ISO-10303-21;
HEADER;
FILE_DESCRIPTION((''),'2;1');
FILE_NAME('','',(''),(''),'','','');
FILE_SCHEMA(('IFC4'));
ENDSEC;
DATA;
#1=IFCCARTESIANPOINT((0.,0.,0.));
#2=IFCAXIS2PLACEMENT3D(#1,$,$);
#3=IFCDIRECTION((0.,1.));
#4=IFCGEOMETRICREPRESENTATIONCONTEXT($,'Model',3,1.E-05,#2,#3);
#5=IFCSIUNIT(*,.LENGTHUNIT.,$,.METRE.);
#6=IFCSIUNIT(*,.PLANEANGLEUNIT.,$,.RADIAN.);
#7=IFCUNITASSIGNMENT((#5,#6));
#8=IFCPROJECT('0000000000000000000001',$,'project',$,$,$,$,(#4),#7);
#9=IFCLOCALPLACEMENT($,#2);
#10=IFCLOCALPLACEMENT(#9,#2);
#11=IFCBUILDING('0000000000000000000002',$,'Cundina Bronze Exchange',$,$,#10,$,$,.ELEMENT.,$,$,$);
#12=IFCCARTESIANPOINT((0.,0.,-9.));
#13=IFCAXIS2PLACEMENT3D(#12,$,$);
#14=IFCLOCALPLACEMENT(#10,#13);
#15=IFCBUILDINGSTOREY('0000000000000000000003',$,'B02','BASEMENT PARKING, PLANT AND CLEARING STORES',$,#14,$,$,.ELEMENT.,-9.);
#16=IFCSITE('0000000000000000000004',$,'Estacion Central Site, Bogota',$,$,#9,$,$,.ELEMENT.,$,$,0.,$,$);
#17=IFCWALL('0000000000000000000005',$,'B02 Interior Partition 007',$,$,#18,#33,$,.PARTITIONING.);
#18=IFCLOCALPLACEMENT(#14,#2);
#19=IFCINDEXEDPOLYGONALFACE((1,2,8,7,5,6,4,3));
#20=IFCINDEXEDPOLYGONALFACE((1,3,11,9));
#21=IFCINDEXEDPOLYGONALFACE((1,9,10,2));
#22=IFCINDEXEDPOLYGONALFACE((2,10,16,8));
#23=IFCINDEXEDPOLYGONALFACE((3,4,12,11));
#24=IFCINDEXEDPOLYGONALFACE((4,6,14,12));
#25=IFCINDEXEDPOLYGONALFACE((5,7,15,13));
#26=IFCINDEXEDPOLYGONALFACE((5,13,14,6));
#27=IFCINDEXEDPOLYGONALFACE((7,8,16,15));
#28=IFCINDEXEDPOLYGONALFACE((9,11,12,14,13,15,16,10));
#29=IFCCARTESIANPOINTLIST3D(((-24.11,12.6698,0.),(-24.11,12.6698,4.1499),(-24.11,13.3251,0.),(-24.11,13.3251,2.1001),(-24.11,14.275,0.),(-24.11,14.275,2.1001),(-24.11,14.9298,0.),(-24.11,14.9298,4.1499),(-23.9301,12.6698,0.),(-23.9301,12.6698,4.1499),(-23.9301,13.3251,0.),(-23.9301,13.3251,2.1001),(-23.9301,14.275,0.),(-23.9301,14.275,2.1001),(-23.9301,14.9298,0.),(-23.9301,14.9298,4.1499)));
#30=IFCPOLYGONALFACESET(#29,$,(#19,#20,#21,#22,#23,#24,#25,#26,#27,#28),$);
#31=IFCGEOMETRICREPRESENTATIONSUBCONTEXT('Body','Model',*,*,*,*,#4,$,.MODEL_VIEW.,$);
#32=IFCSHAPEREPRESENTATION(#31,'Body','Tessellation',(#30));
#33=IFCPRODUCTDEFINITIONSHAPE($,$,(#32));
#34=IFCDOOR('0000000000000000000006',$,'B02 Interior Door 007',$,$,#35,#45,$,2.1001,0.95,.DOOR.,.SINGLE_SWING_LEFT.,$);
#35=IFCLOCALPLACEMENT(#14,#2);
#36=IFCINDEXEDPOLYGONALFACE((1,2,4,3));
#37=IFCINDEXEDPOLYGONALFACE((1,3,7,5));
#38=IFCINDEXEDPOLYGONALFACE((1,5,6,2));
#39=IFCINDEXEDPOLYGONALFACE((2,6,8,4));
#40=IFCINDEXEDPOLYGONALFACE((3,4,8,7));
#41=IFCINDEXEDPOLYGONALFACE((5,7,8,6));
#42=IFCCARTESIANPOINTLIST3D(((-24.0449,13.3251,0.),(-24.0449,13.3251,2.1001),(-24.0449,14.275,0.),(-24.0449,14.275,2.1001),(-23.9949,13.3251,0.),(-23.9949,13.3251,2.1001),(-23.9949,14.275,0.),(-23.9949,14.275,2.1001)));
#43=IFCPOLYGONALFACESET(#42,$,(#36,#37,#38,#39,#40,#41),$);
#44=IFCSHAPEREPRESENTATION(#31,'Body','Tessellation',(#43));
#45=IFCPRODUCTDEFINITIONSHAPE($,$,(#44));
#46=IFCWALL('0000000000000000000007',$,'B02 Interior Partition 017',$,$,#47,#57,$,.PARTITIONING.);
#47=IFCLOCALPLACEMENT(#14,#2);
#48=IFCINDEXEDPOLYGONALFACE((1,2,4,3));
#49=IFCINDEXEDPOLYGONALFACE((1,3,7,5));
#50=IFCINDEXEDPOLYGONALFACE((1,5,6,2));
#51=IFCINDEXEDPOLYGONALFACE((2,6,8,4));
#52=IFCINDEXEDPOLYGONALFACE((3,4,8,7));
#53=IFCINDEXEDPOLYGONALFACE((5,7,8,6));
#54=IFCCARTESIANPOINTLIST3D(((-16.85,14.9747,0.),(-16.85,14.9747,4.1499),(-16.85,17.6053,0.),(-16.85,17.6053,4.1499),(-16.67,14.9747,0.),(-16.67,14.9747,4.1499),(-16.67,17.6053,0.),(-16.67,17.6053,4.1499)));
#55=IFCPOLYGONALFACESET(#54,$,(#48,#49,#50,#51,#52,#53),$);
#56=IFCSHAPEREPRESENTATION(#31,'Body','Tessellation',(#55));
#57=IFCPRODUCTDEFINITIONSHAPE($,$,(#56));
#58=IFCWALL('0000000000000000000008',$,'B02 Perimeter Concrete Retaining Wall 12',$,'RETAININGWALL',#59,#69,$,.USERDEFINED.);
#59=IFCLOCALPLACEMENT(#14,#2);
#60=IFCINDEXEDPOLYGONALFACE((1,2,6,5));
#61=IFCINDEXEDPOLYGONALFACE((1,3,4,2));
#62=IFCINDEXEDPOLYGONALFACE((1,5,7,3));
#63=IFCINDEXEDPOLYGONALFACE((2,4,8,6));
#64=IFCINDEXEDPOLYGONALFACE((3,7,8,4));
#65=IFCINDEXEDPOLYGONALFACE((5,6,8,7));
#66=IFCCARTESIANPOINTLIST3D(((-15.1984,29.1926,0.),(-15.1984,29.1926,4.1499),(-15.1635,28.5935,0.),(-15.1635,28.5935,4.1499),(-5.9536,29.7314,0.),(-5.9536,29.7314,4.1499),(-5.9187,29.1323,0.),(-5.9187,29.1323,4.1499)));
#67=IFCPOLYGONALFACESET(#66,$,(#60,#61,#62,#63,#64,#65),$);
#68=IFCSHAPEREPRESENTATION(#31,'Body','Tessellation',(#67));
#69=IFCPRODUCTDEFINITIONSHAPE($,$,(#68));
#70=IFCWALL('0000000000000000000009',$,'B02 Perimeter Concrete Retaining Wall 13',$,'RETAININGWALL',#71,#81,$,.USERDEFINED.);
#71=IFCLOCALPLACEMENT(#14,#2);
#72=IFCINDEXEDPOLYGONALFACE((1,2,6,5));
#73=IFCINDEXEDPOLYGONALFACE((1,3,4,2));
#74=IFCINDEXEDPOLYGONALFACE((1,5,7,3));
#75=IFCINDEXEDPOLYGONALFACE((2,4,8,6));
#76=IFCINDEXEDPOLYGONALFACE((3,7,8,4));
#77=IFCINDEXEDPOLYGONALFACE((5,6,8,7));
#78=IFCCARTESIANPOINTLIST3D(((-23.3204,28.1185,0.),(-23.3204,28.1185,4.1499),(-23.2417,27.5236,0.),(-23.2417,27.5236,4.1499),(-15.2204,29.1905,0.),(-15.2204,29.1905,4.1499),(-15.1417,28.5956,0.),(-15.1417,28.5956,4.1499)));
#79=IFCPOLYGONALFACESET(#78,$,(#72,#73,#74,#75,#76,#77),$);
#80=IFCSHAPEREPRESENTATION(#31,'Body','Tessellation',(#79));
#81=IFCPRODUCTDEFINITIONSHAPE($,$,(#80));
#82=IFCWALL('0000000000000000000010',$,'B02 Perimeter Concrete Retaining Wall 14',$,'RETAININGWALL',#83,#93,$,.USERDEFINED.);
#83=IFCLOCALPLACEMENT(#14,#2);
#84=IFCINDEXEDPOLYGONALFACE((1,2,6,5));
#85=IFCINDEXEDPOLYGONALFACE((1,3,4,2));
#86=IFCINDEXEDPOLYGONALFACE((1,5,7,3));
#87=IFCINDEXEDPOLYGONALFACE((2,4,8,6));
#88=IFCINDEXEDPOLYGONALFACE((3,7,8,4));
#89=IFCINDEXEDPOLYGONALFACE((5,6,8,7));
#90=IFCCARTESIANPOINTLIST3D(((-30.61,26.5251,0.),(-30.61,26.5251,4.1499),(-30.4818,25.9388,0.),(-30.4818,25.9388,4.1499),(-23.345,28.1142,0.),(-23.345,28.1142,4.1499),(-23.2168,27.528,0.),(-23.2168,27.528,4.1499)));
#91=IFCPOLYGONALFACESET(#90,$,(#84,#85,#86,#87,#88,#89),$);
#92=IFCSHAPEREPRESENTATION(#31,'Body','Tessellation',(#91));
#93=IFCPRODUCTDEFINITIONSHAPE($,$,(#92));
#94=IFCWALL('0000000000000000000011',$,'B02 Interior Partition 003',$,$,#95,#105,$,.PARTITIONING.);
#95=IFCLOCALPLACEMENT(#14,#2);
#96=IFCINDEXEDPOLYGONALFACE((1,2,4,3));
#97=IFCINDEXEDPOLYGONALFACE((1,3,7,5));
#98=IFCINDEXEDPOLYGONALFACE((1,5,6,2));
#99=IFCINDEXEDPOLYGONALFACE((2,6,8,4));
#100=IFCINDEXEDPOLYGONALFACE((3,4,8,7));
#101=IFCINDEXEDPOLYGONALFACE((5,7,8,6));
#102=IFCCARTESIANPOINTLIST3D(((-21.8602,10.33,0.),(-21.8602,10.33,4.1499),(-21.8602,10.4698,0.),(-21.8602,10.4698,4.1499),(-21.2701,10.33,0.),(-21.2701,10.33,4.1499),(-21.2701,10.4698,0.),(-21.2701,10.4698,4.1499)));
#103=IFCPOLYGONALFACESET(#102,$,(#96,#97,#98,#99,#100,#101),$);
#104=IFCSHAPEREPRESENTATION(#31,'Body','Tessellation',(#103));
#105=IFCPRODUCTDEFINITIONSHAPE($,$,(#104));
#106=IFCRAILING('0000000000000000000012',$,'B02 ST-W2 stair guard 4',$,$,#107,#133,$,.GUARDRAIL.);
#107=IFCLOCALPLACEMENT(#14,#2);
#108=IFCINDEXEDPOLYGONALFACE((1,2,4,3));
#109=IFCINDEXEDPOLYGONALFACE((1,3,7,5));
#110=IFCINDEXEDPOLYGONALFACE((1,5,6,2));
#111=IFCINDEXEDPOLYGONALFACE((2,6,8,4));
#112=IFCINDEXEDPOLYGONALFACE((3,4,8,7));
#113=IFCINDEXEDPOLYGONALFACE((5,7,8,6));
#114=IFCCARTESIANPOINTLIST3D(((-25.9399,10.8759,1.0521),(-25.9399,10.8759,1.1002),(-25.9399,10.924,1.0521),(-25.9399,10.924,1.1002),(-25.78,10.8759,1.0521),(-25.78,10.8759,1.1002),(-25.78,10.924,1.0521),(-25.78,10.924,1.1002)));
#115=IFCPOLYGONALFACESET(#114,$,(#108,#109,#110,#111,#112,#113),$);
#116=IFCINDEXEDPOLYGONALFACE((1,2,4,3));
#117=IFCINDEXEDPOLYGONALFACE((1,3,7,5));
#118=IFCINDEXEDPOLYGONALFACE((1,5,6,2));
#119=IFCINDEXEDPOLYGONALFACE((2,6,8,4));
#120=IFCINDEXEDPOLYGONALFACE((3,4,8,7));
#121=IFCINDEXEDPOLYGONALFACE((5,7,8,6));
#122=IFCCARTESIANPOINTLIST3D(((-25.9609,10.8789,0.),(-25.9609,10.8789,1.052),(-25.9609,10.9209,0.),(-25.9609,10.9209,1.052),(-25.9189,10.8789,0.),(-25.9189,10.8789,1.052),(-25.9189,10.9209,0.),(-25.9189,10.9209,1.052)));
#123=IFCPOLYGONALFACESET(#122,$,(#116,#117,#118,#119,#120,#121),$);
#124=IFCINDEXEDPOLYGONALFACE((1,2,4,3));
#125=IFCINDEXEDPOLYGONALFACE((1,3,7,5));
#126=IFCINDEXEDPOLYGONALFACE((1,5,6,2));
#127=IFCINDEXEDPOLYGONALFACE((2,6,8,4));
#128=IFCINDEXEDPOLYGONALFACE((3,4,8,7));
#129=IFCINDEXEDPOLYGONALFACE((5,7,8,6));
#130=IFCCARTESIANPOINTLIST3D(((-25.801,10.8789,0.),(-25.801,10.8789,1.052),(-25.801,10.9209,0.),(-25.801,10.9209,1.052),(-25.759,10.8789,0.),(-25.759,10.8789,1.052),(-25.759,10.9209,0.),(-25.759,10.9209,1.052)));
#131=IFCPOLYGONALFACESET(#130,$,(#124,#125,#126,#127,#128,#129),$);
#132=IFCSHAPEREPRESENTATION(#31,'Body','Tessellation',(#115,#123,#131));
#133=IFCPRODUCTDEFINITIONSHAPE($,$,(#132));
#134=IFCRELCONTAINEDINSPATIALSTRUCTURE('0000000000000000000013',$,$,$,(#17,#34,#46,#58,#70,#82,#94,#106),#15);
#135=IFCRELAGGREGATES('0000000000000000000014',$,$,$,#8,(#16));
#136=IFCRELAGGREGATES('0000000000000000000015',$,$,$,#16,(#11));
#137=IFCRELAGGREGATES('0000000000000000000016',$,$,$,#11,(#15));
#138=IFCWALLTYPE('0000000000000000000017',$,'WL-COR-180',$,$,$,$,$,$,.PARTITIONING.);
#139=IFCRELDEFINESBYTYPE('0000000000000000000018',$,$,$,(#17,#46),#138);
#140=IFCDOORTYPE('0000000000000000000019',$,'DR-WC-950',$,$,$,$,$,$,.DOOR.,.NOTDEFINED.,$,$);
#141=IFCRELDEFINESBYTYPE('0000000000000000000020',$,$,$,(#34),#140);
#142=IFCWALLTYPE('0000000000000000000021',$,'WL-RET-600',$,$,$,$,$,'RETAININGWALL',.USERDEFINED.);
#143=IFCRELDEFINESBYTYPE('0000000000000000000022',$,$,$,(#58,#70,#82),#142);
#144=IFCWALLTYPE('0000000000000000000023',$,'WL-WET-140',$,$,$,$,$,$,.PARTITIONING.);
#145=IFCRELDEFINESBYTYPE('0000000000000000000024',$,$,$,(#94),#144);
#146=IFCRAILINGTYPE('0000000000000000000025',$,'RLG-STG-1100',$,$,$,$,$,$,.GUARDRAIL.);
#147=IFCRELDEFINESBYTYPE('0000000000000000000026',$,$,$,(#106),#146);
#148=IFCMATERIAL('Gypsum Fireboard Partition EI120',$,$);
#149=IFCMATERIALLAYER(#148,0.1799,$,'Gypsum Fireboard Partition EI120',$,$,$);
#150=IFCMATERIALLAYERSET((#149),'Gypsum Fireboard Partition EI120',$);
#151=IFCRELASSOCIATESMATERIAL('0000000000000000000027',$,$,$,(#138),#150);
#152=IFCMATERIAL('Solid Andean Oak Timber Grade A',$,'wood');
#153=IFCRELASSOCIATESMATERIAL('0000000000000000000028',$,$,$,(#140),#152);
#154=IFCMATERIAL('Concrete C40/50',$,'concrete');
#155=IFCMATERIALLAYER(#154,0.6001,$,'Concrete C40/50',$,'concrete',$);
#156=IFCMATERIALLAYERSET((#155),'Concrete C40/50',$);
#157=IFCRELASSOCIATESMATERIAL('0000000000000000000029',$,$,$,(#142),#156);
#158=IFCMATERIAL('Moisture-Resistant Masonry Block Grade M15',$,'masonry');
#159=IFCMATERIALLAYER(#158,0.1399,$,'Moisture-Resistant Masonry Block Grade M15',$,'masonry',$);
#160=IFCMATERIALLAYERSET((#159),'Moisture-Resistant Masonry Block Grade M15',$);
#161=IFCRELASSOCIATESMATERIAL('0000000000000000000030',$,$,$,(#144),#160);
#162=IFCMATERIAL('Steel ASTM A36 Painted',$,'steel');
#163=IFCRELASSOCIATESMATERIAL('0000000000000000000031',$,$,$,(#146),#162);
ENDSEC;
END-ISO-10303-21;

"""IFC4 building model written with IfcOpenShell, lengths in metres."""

from ifc_helpers import new_model, si_unit, direction, frame, frame_2d, origin, origin_2d, place, context, subcontext, project, spatial, rectangle, extrude, material, layer, layer_set, type_object, element, fill, save


model = new_model("IFC4")

# Units and contexts
model_context = context("Model", 3, precision=1e-05, world=origin(), true_north=direction((0.0, 1.0)))
body_context = subcontext(model_context, "Body", "Model", "MODEL_VIEW")
ifc_project = project(units=[si_unit("LENGTHUNIT", "METRE"), si_unit("PLANEANGLEUNIT", "RADIAN")], contexts=[model_context])

# Site, building, storey
site_placement = place(None, origin())
site = spatial("IfcSite", under=ifc_project, at=site_placement, Name="Estacion Central Site, Bogota", CompositionType="ELEMENT", RefElevation=0.0)
building_placement = place(site_placement, origin())
building = spatial("IfcBuilding", under=site, at=building_placement, Name="Cundina Bronze Exchange", CompositionType="ELEMENT")
storey_placement = place(building_placement, frame((0.0, 0.0, -9.0)))
storey = spatial("IfcBuildingStorey", under=building, at=storey_placement, Name="B02", Description="BASEMENT PARKING, PLANT AND CLEARING STORES", CompositionType="ELEMENT", Elevation=-9.0)

# Shared definitions
ifc_material_1 = material(Name="Concrete C40/50", Category="concrete")

# Shared definitions
ifc_material_2 = material(Name="Gypsum Fireboard Partition EI120")
ifc_layer_1 = layer(ifc_material_2, 0.1799, Name="Gypsum Fireboard Partition EI120")
ifc_layer_set_1 = layer_set([ifc_layer_1], Name="Gypsum Fireboard Partition EI120")
wall_type_1 = type_object("IfcWallType", Name="WL-COR-180", PredefinedType="PARTITIONING", material=ifc_layer_set_1)

# Wall, opening, door
wall_1_placement = place(storey_placement, frame((-24.02, 12.6699, 0.0), z_axis=(0.0, 0.0, 1.0), x_axis=(0.0, 1.0, 0.0)))
wall_1 = element("IfcWall", 1, at=wall_1_placement, inside=storey, type_object=wall_type_1, Name="B02 Interior Partition 007", PredefinedType="PARTITIONING", context=body_context, shape_type="SweptSolid", body=[
    extrude(rectangle(XDim=2.26, YDim=0.1799, at=frame_2d((1.1299, 0.0))), origin(), (0.0, 0.0, 1.0), 4.1499),
])
opening_placement = place(wall_1_placement, frame((0.655, 0.0, 0.0)))
opening = element("IfcOpeningElement", 2, at=opening_placement, cuts=wall_1, PredefinedType="OPENING", context=body_context, shape_type="SweptSolid", body=[
    extrude(rectangle(XDim=0.95, YDim=2.1001, at=frame_2d((0.4751, 1.05))), frame((0.0, 0.0999, 0.0), z_axis=(0.0, -1.0, 0.0), x_axis=(1.0, 0.0, 0.0)), (0.0, 0.0, 1.0), 0.2),
])
ifc_material_3 = material(Name="Solid Andean Oak Timber Grade A", Category="wood")
door_type = type_object("IfcDoorType", Name="DR-WC-950", OperationType="NOTDEFINED", PredefinedType="DOOR", material=ifc_material_3)
door_placement = place(opening_placement, origin())
door = element("IfcDoor", 3, at=door_placement, inside=storey, type_object=door_type, Name="B02 Interior Door 007", OperationType="SINGLE_SWING_LEFT", OverallHeight=2.1001, OverallWidth=0.95, PredefinedType="DOOR", context=body_context, shape_type="SweptSolid", body=[
    extrude(rectangle(XDim=0.95, YDim=2.1001, at=frame_2d((0.4751, 1.05))), frame((0.0, 0.0249, 0.0), z_axis=(0.0, -1.0, 0.0), x_axis=(1.0, 0.0, 0.0)), (0.0, 0.0, 1.0), 0.05),
])
fill(opening, door)

# Walls
wall_2_placement = place(storey_placement, frame((-16.76, 14.9746, 0.0), z_axis=(0.0, 0.0, 1.0), x_axis=(0.0, 1.0, 0.0)))
element("IfcWall", 4, at=wall_2_placement, inside=storey, type_object=wall_type_1, Name="B02 Interior Partition 017", PredefinedType="PARTITIONING", context=body_context, shape_type="SweptSolid", body=[
    extrude(rectangle(XDim=2.6306, YDim=0.1799, at=frame_2d((1.3154, 0.0))), origin(), (0.0, 0.0, 1.0), 4.1499),
])
ifc_layer_2 = layer(ifc_material_1, 0.6001, Name="Concrete C40/50", Category="concrete")
ifc_layer_set_2 = layer_set([ifc_layer_2], Name="Concrete C40/50")
wall_type_2 = type_object("IfcWallType", Name="WL-RET-600", ElementType="RETAININGWALL", PredefinedType="USERDEFINED", material=ifc_layer_set_2)
wall_3_placement = place(storey_placement, frame((-5.936, 29.4319, 0.0), z_axis=(0.0, 0.0, 1.0), x_axis=(-0.998306, -0.058184, 0.0)))
element("IfcWall", 5, at=wall_3_placement, inside=storey, type_object=wall_type_2, Name="B02 Perimeter Concrete Retaining Wall 12", ObjectType="RETAININGWALL", PredefinedType="USERDEFINED", context=body_context, shape_type="SweptSolid", body=[
    extrude(rectangle(XDim=9.2605, YDim=0.6001, at=frame_2d((4.6304, 0.0))), origin(), (0.0, 0.0, 1.0), 4.1499),
])
wall_4_placement = place(storey_placement, frame((-15.1809, 28.8931, 0.0), z_axis=(0.0, 0.0, 1.0), x_axis=(-0.991356, -0.131203, 0.0)))
element("IfcWall", 6, at=wall_4_placement, inside=storey, type_object=wall_type_2, Name="B02 Perimeter Concrete Retaining Wall 13", ObjectType="RETAININGWALL", PredefinedType="USERDEFINED", context=body_context, shape_type="SweptSolid", body=[
    extrude(rectangle(XDim=8.1707, YDim=0.6001, at=frame_2d((4.0854, 0.0))), origin(), (0.0, 0.0, 1.0), 4.1499),
])
wall_5_placement = place(storey_placement, frame((-23.281, 27.821, 0.0), z_axis=(0.0, 0.0, 1.0), x_axis=(-0.976902, -0.213686, 0.0)))
element("IfcWall", 7, at=wall_5_placement, inside=storey, type_object=wall_type_2, Name="B02 Perimeter Concrete Retaining Wall 14", ObjectType="RETAININGWALL", PredefinedType="USERDEFINED", context=body_context, shape_type="SweptSolid", body=[
    extrude(rectangle(XDim=7.4368, YDim=0.6001, at=frame_2d((3.7183, 0.0))), origin(), (0.0, 0.0, 1.0), 4.1499),
])
ifc_material_4 = material(Name="Moisture-Resistant Masonry Block Grade M15", Category="masonry")
ifc_layer_3 = layer(ifc_material_4, 0.1399, Name="Moisture-Resistant Masonry Block Grade M15", Category="masonry")
ifc_layer_set_3 = layer_set([ifc_layer_3], Name="Moisture-Resistant Masonry Block Grade M15")
wall_type_3 = type_object("IfcWallType", Name="WL-WET-140", PredefinedType="PARTITIONING", material=ifc_layer_set_3)
wall_6_placement = place(storey_placement, frame((-21.8601, 10.3999, 0.0), z_axis=(0.0, 0.0, 1.0), x_axis=(1.0, 0.0, 0.0)))
element("IfcWall", 8, at=wall_6_placement, inside=storey, type_object=wall_type_3, Name="B02 Interior Partition 003", PredefinedType="PARTITIONING", context=body_context, shape_type="SweptSolid", body=[
    extrude(rectangle(XDim=0.5901, YDim=0.1399, at=frame_2d((0.2949, 0.0))), origin(), (0.0, 0.0, 1.0), 4.1499),
])

# Railing
ifc_material_5 = material(Name="Steel ASTM A36 Painted", Category="steel")
railing_type = type_object("IfcRailingType", Name="RLG-STG-1100", PredefinedType="GUARDRAIL", material=ifc_material_5)
railing_placement = place(storey_placement, frame((-25.9399, 10.8999, 0.0)))
element("IfcRailing", 9, at=railing_placement, inside=storey, type_object=railing_type, Name="B02 ST-W2 stair guard 4", PredefinedType="GUARDRAIL", context=body_context, shape_type="SweptSolid", body=[
    extrude(rectangle(XDim=0.0481, YDim=0.0481, at=origin_2d()), frame((0.0, 0.0, 1.0762), z_axis=(1.0, 0.0, 0.0), x_axis=(0.0, 1.0, 0.0)), (0.0, 0.0, 1.0), 0.1599),
    extrude(rectangle(XDim=0.042, YDim=0.042, at=origin_2d()), origin(), (0.0, 0.0, 1.0), 1.052),
    extrude(rectangle(XDim=0.042, YDim=0.042, at=origin_2d()), frame((0.1599, 0.0, 0.0)), (0.0, 0.0, 1.0), 1.052),
])

save(model, "model.ifc")
